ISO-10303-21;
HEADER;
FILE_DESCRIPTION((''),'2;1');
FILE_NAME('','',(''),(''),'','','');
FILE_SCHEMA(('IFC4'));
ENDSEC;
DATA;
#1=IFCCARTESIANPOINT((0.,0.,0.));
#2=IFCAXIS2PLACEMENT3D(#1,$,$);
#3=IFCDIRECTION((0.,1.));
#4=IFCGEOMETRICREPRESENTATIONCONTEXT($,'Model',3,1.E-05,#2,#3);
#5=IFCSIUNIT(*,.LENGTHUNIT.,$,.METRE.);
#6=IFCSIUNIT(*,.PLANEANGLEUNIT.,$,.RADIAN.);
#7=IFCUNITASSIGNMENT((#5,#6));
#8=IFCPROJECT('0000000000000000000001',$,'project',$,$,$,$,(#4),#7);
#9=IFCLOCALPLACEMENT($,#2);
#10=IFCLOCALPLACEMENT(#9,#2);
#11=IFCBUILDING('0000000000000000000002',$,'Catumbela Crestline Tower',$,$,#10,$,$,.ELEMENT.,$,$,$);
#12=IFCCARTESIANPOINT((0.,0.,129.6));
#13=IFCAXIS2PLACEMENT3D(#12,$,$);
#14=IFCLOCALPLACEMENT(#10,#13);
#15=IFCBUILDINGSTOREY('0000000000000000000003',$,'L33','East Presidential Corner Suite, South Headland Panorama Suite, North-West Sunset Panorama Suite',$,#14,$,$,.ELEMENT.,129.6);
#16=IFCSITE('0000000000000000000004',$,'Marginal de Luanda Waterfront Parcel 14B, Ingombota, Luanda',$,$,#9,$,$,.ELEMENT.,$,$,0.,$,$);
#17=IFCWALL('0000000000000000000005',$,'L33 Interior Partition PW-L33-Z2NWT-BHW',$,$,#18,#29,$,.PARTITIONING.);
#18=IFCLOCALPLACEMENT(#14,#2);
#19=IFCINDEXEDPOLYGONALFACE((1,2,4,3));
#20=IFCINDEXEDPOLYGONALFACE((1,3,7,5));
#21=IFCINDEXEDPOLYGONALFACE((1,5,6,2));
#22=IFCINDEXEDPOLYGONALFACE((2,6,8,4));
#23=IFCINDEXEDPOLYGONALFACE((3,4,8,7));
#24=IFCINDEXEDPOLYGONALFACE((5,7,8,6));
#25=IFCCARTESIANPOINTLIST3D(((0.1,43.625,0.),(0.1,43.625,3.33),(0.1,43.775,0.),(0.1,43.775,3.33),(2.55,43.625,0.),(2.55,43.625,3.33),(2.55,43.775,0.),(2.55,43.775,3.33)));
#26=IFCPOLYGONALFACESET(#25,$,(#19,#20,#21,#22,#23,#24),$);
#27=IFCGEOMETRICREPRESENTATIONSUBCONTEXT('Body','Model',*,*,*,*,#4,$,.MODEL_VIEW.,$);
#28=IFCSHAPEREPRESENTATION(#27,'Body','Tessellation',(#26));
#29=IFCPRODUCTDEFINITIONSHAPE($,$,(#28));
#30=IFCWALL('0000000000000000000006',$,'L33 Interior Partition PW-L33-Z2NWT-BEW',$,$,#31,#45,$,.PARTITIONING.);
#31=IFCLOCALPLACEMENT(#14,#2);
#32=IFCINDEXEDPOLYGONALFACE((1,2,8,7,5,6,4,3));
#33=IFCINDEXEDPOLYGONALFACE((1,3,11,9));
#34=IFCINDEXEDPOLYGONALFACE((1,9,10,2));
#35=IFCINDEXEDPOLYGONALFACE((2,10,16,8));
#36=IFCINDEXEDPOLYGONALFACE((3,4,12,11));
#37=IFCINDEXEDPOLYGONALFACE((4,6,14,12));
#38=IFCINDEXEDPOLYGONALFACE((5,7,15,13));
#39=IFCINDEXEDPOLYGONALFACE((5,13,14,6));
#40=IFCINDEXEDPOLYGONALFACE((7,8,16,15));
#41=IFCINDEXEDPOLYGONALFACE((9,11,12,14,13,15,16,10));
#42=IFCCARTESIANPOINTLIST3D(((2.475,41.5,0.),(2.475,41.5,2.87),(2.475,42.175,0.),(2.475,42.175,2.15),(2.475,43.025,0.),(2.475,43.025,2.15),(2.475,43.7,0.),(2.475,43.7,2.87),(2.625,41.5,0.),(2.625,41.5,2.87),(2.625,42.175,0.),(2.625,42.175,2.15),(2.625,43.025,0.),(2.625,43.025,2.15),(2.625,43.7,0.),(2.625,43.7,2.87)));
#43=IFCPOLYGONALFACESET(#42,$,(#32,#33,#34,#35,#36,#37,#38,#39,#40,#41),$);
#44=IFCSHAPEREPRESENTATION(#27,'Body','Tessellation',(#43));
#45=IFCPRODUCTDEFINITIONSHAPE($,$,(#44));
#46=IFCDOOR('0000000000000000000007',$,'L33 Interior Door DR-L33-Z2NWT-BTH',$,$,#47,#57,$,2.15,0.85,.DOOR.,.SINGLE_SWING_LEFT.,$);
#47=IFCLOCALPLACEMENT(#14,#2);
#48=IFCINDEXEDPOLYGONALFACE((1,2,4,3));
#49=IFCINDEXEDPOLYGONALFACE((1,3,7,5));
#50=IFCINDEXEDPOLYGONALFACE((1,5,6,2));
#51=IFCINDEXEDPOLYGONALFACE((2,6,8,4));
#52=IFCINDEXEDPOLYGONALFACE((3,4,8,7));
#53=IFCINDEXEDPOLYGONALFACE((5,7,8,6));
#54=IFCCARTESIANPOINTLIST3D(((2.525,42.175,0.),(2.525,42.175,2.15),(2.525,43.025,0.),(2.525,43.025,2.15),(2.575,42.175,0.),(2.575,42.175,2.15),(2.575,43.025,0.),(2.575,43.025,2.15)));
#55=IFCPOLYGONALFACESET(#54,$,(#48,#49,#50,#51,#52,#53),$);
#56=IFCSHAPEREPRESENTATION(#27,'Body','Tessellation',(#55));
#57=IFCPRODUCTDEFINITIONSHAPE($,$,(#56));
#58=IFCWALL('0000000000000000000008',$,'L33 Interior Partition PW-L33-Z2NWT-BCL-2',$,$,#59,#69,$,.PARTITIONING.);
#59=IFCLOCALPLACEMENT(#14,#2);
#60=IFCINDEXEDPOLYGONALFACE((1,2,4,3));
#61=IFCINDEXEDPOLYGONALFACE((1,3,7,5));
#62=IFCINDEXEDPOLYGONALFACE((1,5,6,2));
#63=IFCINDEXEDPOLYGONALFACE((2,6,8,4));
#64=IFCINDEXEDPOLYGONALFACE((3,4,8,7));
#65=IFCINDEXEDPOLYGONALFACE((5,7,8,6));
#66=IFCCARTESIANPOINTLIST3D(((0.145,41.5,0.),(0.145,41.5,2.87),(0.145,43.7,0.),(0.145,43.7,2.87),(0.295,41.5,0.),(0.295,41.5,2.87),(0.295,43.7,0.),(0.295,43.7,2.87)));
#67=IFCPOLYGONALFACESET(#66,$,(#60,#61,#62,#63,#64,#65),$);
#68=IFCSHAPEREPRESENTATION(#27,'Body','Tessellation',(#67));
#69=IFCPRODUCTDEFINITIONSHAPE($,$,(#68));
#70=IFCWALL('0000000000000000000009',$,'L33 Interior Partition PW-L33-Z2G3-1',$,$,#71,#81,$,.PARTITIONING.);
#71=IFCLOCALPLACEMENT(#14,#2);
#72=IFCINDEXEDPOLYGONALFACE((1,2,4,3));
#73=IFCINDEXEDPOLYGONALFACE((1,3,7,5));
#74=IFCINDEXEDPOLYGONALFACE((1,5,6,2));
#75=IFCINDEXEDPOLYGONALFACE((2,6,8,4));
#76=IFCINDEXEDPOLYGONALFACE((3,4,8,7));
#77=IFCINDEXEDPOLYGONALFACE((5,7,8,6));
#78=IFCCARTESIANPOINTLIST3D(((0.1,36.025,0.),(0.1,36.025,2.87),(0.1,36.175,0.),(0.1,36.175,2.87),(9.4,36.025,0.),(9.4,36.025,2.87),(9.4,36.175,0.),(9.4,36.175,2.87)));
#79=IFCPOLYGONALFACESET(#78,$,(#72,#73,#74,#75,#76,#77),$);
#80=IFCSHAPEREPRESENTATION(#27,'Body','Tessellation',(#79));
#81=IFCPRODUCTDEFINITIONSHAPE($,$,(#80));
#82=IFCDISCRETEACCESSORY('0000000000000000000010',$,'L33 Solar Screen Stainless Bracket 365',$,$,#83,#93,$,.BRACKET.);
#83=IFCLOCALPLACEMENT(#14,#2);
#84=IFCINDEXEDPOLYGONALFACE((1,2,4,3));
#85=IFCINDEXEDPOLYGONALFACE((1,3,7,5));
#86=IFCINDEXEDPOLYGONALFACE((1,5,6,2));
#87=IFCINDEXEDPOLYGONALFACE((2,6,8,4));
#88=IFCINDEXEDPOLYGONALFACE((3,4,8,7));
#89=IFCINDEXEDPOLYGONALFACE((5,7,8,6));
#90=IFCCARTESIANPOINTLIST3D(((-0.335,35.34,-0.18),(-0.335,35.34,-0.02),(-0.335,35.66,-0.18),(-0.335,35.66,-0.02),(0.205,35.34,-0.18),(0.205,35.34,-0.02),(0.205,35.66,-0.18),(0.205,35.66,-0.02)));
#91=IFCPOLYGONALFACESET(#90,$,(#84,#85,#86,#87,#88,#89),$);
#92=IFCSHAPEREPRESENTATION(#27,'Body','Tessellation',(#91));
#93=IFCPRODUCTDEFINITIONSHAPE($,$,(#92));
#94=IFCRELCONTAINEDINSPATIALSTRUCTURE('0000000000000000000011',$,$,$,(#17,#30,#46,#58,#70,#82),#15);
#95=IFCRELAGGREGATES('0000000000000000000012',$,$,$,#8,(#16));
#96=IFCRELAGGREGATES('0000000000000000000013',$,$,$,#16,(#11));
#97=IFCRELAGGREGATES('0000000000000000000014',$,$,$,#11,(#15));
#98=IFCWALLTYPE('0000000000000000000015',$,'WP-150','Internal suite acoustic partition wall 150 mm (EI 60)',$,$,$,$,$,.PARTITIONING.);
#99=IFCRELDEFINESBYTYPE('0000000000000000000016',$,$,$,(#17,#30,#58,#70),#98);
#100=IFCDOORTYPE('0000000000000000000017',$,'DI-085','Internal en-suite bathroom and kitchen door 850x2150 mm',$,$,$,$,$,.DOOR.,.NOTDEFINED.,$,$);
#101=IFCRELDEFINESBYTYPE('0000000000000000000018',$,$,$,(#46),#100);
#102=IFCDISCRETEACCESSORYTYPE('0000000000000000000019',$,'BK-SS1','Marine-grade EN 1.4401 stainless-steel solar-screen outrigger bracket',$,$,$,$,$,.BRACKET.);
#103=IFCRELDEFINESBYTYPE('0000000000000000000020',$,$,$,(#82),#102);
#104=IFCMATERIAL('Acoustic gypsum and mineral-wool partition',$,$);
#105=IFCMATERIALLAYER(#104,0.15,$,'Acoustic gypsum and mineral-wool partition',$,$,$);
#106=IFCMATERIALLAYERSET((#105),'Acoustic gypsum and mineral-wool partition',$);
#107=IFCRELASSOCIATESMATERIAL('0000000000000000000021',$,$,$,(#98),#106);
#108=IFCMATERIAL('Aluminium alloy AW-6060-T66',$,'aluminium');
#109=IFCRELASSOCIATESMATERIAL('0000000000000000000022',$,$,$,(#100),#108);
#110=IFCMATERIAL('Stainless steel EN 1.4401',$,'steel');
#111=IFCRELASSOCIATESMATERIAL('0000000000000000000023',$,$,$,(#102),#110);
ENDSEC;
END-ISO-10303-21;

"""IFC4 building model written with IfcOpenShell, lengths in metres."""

from ifc_helpers import new_model, si_unit, direction, frame, frame_2d, origin, origin_2d, place, context, subcontext, project, spatial, rectangle, extrude, material, layer, layer_set, type_object, element, fill, save


model = new_model("IFC4")

# Units and contexts
model_context = context("Model", 3, precision=1e-05, world=origin(), true_north=direction((0.0, 1.0)))
body_context = subcontext(model_context, "Body", "Model", "MODEL_VIEW")
ifc_project = project(units=[si_unit("LENGTHUNIT", "METRE"), si_unit("PLANEANGLEUNIT", "RADIAN")], contexts=[model_context])

# Site, building, storey
site_placement = place(None, origin())
site = spatial("IfcSite", under=ifc_project, at=site_placement, Name="Marginal de Luanda Waterfront Parcel 14B, Ingombota, Luanda", CompositionType="ELEMENT", RefElevation=0.0)
building_placement = place(site_placement, origin())
building = spatial("IfcBuilding", under=site, at=building_placement, Name="Catumbela Crestline Tower", CompositionType="ELEMENT")
storey_placement = place(building_placement, frame((0.0, 0.0, 129.6)))
storey = spatial("IfcBuildingStorey", under=building, at=storey_placement, Name="L33", Description="East Presidential Corner Suite, South Headland Panorama Suite, North-West Sunset Panorama Suite", CompositionType="ELEMENT", Elevation=129.6)

# Shared definitions
ifc_material_1 = material(Name="Aluminium alloy AW-6060-T66", Category="aluminium")

# Shared definitions
ifc_material_2 = material(Name="Acoustic gypsum and mineral-wool partition")

# Wall
ifc_layer_1 = layer(ifc_material_2, 0.15, Name="Acoustic gypsum and mineral-wool partition")
ifc_layer_set_1 = layer_set([ifc_layer_1], Name="Acoustic gypsum and mineral-wool partition")
wall_type_1 = type_object("IfcWallType", Name="WP-150", Description="Internal suite acoustic partition wall 150 mm (EI 60)", PredefinedType="PARTITIONING", material=ifc_layer_set_1)
wall_1_placement = place(storey_placement, frame((0.1, 43.7, 0.0), z_axis=(0.0, 0.0, 1.0), x_axis=(1.0, 0.0, 0.0)))
element("IfcWall", 1, at=wall_1_placement, inside=storey, type_object=wall_type_1, Name="L33 Interior Partition PW-L33-Z2NWT-BHW", PredefinedType="PARTITIONING", context=body_context, shape_type="SweptSolid", body=[
    extrude(rectangle(XDim=2.45, YDim=0.15, at=frame_2d((1.225, 0.0))), origin(), (0.0, 0.0, 1.0), 3.33),
])

# Wall, opening, door
wall_2_placement = place(storey_placement, frame((2.55, 41.5, 0.0), z_axis=(0.0, 0.0, 1.0), x_axis=(0.0, 1.0, 0.0)))
wall_2 = element("IfcWall", 2, at=wall_2_placement, inside=storey, type_object=wall_type_1, Name="L33 Interior Partition PW-L33-Z2NWT-BEW", PredefinedType="PARTITIONING", context=body_context, shape_type="SweptSolid", body=[
    extrude(rectangle(XDim=2.2, YDim=0.15, at=frame_2d((1.1, 0.0))), origin(), (0.0, 0.0, 1.0), 2.87),
])
opening_1_placement = place(wall_2_placement, frame((0.675, 0.0, 0.0)))
opening_1 = element("IfcOpeningElement", 3, at=opening_1_placement, cuts=wall_2, PredefinedType="OPENING", context=body_context, shape_type="SweptSolid", body=[
    extrude(rectangle(XDim=0.85, YDim=2.15, at=frame_2d((0.425, 1.075))), frame((0.0, 0.085, 0.0), z_axis=(0.0, -1.0, 0.0), x_axis=(1.0, 0.0, 0.0)), (0.0, 0.0, 1.0), 0.17),
])
door_type_1 = type_object("IfcDoorType", Name="DI-085", Description="Internal en-suite bathroom and kitchen door 850x2150 mm", OperationType="NOTDEFINED", PredefinedType="DOOR", material=ifc_material_1)
door_1_placement = place(opening_1_placement, origin())
door_1 = element("IfcDoor", 4, at=door_1_placement, inside=storey, type_object=door_type_1, Name="L33 Interior Door DR-L33-Z2NWT-BTH", OperationType="SINGLE_SWING_LEFT", OverallHeight=2.15, OverallWidth=0.85, PredefinedType="DOOR", context=body_context, shape_type="SweptSolid", body=[
    extrude(rectangle(XDim=0.85, YDim=2.15, at=frame_2d((0.425, 1.075))), frame((0.0, 0.025, 0.0), z_axis=(0.0, -1.0, 0.0), x_axis=(1.0, 0.0, 0.0)), (0.0, 0.0, 1.0), 0.05),
])
fill(opening_1, door_1)

# Walls
wall_3_placement = place(storey_placement, frame((0.22, 41.5, 0.0), z_axis=(0.0, 0.0, 1.0), x_axis=(0.0, 1.0, 0.0)))
element("IfcWall", 5, at=wall_3_placement, inside=storey, type_object=wall_type_1, Name="L33 Interior Partition PW-L33-Z2NWT-BCL-2", PredefinedType="PARTITIONING", context=body_context, shape_type="SweptSolid", body=[
    extrude(rectangle(XDim=2.2, YDim=0.15, at=frame_2d((1.1, 0.0))), origin(), (0.0, 0.0, 1.0), 2.87),
])
wall_4_placement = place(storey_placement, frame((0.1, 36.1, 0.0), z_axis=(0.0, 0.0, 1.0), x_axis=(1.0, 0.0, 0.0)))
element("IfcWall", 6, at=wall_4_placement, inside=storey, type_object=wall_type_1, Name="L33 Interior Partition PW-L33-Z2G3-1", PredefinedType="PARTITIONING", context=body_context, shape_type="SweptSolid", body=[
    extrude(rectangle(XDim=9.3, YDim=0.15, at=frame_2d((4.65, 0.0))), origin(), (0.0, 0.0, 1.0), 2.87),
])

# Discrete accessory
ifc_material_3 = material(Name="Stainless steel EN 1.4401", Category="steel")
discrete_accessory_type = type_object("IfcDiscreteAccessoryType", Name="BK-SS1", Description="Marine-grade EN 1.4401 stainless-steel solar-screen outrigger bracket", PredefinedType="BRACKET", material=ifc_material_3)
discrete_accessory_placement = place(storey_placement, frame((-0.065, 35.5, -0.18), z_axis=(0.0, 0.0, 1.0), x_axis=(0.0, -1.0, 0.0)))
element("IfcDiscreteAccessory", 7, at=discrete_accessory_placement, inside=storey, type_object=discrete_accessory_type, Name="L33 Solar Screen Stainless Bracket 365", PredefinedType="BRACKET", context=body_context, shape_type="SweptSolid", body=[
    extrude(rectangle(XDim=0.32, YDim=0.54, at=origin_2d()), origin(), (0.0, 0.0, 1.0), 0.16),
])

save(model, "model.ifc")
